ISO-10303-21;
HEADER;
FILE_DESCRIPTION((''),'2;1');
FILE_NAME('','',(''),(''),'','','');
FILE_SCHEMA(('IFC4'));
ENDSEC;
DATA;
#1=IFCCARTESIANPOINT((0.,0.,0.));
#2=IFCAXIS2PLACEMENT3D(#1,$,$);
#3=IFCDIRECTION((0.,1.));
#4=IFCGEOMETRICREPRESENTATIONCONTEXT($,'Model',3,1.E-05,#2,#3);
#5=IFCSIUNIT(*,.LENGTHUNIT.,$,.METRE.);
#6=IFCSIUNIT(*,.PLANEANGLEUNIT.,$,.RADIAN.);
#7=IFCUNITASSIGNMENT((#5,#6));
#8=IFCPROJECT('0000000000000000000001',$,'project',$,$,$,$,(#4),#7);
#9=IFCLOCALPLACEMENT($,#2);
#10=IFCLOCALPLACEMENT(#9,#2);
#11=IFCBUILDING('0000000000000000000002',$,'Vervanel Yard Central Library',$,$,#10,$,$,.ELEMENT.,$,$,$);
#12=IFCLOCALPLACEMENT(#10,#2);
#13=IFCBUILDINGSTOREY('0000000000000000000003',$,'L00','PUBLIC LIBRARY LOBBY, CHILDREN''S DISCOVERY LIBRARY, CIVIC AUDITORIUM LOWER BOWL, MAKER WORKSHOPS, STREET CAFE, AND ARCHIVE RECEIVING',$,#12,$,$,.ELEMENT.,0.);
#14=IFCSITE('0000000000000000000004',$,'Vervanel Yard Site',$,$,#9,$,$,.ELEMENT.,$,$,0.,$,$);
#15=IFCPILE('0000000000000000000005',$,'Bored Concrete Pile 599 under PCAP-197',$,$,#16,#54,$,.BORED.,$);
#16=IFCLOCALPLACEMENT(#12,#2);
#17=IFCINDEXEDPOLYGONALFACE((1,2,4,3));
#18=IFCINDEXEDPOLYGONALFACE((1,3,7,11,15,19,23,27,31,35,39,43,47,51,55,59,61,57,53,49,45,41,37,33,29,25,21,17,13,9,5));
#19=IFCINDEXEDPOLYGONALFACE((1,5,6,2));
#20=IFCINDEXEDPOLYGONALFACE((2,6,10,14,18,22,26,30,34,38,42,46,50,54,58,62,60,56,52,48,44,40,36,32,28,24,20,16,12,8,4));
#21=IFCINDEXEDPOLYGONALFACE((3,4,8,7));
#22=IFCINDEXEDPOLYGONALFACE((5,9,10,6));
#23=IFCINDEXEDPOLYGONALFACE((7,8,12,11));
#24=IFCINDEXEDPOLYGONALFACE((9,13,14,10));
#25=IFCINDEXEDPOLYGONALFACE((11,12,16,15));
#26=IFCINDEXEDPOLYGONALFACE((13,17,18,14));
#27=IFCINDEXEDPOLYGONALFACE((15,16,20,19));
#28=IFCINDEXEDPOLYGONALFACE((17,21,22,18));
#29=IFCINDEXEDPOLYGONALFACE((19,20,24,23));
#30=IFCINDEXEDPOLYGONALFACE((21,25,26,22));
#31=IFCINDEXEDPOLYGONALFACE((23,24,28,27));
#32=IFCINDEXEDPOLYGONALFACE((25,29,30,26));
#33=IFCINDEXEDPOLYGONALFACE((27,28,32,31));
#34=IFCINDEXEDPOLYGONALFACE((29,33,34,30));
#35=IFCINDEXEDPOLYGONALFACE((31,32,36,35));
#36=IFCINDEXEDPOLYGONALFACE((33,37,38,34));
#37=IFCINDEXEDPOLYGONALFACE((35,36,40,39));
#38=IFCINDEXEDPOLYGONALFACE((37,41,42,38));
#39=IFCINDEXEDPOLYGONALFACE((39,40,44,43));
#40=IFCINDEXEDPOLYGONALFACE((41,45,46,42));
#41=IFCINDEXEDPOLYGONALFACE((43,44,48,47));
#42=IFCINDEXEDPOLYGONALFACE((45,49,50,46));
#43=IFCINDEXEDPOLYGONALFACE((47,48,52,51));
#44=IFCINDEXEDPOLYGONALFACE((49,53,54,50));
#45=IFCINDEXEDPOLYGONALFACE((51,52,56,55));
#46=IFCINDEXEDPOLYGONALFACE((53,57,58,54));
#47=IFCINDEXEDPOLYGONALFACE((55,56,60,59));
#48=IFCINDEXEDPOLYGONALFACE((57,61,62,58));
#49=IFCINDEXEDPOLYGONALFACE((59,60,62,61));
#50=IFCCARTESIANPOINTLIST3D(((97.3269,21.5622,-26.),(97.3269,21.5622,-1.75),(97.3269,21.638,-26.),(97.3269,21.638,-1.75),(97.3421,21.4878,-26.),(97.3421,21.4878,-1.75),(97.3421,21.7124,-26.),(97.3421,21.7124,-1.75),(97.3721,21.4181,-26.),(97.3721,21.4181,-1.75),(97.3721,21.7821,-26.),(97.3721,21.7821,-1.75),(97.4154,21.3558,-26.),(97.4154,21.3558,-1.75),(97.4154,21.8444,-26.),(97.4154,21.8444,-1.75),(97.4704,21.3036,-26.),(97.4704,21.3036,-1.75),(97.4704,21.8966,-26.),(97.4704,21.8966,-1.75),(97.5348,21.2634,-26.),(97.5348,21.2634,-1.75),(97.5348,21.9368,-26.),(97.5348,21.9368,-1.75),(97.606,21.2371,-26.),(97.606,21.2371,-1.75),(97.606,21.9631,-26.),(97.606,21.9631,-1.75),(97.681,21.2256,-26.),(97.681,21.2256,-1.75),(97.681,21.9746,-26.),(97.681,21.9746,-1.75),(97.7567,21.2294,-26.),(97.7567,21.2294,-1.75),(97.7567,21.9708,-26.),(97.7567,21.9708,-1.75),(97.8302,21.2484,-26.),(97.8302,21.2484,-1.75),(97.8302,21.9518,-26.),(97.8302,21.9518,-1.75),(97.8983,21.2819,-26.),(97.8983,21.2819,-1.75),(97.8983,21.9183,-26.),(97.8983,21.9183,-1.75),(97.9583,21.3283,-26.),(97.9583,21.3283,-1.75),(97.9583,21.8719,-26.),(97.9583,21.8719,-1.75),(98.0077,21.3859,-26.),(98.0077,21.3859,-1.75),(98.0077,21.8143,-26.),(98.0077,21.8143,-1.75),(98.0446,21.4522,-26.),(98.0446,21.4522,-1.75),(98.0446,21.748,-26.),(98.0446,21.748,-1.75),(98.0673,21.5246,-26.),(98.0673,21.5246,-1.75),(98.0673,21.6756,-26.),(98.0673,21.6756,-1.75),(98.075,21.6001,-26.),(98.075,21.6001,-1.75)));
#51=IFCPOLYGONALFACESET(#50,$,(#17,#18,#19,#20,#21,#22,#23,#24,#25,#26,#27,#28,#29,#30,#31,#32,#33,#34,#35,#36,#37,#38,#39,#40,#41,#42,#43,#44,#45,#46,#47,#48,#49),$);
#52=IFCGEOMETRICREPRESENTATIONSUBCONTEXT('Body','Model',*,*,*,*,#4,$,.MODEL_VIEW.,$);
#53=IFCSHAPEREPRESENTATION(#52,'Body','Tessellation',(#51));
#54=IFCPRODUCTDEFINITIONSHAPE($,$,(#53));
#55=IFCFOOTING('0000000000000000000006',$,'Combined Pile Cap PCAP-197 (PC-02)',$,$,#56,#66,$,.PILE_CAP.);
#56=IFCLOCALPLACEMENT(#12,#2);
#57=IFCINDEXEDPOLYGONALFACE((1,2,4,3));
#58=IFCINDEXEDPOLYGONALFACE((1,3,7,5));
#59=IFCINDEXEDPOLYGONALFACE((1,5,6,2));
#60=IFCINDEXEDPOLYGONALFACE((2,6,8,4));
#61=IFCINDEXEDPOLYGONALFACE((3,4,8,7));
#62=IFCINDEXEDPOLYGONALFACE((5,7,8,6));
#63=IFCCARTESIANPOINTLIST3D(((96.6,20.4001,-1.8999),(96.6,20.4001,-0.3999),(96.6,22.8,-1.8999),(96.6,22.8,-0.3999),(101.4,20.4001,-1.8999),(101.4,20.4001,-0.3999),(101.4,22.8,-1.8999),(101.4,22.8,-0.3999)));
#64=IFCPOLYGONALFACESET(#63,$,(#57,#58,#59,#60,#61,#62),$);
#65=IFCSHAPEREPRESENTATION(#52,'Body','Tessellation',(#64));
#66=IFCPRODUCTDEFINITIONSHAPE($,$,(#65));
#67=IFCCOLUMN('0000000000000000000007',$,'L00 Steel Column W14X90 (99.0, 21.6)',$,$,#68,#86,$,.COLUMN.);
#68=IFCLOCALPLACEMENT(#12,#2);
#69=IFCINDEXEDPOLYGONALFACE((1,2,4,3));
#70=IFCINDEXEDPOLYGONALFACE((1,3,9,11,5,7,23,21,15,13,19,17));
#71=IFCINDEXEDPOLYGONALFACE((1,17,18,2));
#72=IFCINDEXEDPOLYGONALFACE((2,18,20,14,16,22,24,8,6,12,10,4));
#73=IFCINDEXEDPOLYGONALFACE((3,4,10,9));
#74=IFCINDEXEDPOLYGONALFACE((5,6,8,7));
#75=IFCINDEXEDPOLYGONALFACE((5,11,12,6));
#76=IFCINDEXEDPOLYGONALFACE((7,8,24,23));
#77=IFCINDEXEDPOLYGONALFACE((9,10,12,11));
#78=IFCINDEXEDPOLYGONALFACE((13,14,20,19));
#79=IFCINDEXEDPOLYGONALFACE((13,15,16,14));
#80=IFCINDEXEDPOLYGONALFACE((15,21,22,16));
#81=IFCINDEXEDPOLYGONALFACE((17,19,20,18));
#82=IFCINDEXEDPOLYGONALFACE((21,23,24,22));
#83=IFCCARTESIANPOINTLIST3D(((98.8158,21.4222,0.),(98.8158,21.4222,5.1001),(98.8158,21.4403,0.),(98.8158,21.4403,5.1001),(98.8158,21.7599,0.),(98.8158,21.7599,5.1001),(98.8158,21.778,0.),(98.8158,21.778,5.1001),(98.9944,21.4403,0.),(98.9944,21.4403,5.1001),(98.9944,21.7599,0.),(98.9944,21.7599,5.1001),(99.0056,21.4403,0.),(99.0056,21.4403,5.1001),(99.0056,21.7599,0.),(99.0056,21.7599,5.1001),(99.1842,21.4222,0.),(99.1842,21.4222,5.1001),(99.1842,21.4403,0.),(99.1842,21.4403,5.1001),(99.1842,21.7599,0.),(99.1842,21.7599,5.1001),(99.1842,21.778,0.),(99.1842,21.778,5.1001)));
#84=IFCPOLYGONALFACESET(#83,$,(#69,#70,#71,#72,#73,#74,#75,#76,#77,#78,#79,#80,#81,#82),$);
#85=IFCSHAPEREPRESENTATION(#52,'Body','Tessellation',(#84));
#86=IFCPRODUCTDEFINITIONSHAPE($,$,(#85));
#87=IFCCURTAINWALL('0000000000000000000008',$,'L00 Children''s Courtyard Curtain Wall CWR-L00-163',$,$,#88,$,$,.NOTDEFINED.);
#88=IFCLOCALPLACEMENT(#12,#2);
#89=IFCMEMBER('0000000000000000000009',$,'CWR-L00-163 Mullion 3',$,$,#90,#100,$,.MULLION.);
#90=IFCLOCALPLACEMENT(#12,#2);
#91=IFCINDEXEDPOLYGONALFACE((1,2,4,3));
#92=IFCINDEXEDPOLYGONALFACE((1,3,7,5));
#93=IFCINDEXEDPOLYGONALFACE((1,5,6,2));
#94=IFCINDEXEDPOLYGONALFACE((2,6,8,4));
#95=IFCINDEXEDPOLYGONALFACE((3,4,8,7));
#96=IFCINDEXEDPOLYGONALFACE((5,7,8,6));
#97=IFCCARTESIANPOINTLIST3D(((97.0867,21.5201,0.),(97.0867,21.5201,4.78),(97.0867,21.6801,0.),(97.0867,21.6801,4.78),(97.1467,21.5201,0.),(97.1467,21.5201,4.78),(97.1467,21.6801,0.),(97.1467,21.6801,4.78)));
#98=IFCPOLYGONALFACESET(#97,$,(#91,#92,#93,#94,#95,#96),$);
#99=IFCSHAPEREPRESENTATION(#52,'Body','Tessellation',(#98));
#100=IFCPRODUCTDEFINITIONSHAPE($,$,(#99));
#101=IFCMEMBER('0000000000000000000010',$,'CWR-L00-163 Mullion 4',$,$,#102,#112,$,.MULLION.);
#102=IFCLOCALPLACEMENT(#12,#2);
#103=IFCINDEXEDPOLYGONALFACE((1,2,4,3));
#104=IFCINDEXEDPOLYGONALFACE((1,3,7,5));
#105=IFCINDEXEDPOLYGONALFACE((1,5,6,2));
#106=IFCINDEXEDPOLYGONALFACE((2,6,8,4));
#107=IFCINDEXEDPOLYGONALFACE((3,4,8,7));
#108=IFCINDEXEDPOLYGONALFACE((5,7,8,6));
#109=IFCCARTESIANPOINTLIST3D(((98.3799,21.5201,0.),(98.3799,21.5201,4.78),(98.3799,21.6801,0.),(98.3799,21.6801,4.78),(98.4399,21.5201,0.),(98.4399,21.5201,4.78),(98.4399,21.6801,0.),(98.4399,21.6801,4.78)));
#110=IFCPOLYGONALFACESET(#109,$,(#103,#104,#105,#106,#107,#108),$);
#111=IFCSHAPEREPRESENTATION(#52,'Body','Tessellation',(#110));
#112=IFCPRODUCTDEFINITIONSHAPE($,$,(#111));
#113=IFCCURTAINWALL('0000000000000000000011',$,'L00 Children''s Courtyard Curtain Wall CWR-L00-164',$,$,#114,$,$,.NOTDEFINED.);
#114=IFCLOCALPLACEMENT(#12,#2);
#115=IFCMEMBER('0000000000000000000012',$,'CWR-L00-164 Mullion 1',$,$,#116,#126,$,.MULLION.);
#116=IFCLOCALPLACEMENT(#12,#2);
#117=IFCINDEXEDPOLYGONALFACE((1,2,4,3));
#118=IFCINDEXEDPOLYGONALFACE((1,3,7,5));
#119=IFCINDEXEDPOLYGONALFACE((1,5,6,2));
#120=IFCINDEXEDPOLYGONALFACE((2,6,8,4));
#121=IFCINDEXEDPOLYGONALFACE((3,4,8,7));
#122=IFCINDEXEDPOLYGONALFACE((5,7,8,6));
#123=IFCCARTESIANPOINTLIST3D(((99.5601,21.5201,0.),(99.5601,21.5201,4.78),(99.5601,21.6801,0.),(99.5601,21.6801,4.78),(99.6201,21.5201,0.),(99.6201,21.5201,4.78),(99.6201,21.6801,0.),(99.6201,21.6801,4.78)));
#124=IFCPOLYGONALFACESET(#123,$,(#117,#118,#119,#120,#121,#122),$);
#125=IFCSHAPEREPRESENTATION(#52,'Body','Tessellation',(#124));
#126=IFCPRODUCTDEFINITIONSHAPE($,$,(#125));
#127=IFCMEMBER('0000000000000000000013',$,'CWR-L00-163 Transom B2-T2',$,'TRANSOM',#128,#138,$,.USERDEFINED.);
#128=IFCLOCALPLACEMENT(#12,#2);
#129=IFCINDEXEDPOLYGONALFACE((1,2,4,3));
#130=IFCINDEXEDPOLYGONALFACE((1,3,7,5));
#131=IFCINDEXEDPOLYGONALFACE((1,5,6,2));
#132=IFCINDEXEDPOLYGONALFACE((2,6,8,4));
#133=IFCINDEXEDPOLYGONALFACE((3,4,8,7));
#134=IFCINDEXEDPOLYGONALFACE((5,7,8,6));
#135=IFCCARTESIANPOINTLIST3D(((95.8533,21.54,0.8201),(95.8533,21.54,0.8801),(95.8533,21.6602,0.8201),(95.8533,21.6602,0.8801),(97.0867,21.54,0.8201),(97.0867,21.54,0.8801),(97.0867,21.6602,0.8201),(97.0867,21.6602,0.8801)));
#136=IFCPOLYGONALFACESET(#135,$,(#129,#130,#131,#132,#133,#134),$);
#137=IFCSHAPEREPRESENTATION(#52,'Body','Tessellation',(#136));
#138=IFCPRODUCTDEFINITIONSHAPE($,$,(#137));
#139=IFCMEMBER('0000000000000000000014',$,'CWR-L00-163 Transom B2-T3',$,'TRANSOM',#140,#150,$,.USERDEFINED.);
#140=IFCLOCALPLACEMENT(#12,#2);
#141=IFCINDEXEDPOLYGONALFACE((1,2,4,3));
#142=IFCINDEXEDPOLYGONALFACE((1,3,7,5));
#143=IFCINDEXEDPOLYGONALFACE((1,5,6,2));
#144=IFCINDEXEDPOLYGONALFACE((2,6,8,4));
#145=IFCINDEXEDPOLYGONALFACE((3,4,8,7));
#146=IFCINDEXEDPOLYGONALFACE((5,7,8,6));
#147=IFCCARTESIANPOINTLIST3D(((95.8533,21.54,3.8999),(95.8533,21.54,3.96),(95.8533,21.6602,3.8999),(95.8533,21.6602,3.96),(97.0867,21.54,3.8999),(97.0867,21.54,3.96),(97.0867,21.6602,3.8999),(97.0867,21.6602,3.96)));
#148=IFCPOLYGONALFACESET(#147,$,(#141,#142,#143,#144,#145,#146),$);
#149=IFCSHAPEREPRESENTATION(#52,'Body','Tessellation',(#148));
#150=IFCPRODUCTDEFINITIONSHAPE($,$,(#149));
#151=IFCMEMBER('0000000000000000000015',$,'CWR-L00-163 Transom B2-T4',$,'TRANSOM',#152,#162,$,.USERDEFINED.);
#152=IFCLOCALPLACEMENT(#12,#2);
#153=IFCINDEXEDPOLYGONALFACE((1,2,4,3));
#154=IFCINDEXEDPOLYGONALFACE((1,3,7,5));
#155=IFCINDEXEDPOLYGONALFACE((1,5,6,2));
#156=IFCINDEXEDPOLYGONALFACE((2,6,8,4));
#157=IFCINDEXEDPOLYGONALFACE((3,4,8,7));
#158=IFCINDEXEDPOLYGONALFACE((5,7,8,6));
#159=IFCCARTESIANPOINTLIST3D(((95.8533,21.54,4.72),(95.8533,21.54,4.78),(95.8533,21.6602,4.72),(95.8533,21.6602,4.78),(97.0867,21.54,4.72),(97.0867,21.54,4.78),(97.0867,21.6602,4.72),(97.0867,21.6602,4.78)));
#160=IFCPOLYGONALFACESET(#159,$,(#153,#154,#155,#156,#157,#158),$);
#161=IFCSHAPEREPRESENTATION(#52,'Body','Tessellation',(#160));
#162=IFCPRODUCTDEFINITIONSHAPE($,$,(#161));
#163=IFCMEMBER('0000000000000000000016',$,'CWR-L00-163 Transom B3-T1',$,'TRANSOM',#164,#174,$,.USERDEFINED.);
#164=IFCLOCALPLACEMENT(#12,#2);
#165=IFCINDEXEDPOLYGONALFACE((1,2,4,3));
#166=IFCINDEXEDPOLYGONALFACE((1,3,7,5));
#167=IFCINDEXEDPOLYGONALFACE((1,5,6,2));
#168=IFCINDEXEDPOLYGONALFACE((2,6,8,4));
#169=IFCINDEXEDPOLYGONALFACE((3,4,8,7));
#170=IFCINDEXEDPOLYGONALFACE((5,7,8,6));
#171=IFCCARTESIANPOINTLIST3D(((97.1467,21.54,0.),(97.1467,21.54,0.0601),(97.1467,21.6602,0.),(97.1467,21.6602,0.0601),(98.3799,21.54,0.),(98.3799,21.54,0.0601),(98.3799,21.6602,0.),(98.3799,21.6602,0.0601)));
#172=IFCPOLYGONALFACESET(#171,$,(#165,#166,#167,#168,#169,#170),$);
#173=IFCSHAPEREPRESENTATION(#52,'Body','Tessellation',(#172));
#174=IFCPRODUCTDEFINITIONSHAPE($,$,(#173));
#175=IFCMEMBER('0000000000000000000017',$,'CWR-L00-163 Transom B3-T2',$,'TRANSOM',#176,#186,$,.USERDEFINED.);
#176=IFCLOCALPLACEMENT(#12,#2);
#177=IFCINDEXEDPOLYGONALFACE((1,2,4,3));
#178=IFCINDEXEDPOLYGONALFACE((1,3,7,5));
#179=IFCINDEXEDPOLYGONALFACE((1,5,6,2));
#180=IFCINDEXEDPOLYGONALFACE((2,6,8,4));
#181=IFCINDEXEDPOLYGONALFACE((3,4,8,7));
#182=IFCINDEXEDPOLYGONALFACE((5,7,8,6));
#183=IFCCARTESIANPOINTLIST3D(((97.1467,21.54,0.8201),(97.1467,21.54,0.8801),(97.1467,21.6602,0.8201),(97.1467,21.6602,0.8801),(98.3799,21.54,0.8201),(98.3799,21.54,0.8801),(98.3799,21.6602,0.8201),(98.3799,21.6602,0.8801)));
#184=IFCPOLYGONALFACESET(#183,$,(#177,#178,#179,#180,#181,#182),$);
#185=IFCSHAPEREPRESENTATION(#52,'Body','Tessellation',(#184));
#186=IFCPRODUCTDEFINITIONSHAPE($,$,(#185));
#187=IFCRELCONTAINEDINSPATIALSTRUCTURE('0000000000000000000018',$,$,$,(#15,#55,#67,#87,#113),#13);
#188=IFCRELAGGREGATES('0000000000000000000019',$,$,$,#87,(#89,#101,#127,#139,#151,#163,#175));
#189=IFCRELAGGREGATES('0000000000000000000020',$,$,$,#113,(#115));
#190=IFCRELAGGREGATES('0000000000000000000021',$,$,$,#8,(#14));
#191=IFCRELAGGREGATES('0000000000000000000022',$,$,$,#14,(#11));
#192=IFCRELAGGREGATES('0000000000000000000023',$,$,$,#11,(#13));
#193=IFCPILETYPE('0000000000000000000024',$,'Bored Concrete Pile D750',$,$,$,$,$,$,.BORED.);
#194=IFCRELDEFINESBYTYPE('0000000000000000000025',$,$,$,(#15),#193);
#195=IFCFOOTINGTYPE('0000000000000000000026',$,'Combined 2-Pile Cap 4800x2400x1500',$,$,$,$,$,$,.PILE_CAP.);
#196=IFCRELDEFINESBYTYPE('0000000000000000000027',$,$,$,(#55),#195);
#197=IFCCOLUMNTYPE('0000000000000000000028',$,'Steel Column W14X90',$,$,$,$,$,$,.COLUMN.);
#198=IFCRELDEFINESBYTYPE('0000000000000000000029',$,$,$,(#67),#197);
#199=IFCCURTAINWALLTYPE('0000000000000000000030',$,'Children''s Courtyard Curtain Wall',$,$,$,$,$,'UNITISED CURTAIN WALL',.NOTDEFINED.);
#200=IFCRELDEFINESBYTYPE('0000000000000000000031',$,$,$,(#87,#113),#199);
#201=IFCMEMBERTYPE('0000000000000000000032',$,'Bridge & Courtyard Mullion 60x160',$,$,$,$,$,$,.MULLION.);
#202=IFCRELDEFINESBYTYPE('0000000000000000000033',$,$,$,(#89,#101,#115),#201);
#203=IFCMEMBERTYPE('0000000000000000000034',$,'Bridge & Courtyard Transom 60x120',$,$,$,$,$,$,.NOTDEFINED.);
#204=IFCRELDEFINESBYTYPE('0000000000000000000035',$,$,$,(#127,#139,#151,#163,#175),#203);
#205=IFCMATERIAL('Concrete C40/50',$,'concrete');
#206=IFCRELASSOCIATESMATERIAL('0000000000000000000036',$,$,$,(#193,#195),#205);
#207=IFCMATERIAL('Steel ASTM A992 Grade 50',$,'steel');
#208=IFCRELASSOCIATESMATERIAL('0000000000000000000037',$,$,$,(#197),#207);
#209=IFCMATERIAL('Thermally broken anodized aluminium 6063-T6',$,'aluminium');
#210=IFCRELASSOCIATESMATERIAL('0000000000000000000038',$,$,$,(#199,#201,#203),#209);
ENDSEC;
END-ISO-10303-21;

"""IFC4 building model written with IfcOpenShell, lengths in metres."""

from ifc_helpers import new_model, si_unit, direction, frame, origin, origin_2d, place, context, subcontext, project, spatial, rectangle, circle, i_section, extrude, material, material_profile, profile_set, type_object, element, aggregate, save


model = new_model("IFC4")

# Units and contexts
model_context = context("Model", 3, precision=1e-05, world=origin(), true_north=direction((0.0, 1.0)))
body_context = subcontext(model_context, "Body", "Model", "MODEL_VIEW")
ifc_project = project(units=[si_unit("LENGTHUNIT", "METRE"), si_unit("PLANEANGLEUNIT", "RADIAN")], contexts=[model_context])

# Site, building, storey
site_placement = place(None, origin())
site = spatial("IfcSite", under=ifc_project, at=site_placement, Name="Vervanel Yard Site", CompositionType="ELEMENT", RefElevation=0.0)
building_placement = place(site_placement, origin())
building = spatial("IfcBuilding", under=site, at=building_placement, Name="Vervanel Yard Central Library", CompositionType="ELEMENT")
storey_placement = place(building_placement, origin())
storey = spatial("IfcBuildingStorey", under=building, at=storey_placement, Name="L00", Description="PUBLIC LIBRARY LOBBY, CHILDREN'S DISCOVERY LIBRARY, CIVIC AUDITORIUM LOWER BOWL, MAKER WORKSHOPS, STREET CAFE, AND ARCHIVE RECEIVING", CompositionType="ELEMENT", Elevation=0.0)

# Pile
ifc_material_1 = material(Name="Concrete C40/50", Category="concrete")
ifc_material_profile_1 = material_profile(ifc_material_1, circle(Radius=0.375, at=origin_2d()), Name="BP D750", Category="concrete")
ifc_profile_set_1 = profile_set([ifc_material_profile_1], Name="Concrete C40/50")
pile_type = type_object("IfcPileType", Name="Bored Concrete Pile D750", PredefinedType="BORED", material=ifc_profile_set_1)
pile_placement = place(storey_placement, frame((97.7, 21.6001, -1.75), z_axis=(0.0, 0.0, -1.0), x_axis=(1.0, 0.0, 0.0)))
element("IfcPile", 1, at=pile_placement, inside=storey, type_object=pile_type, Name="Bored Concrete Pile 599 under PCAP-197", PredefinedType="BORED", context=body_context, shape_type="SweptSolid", body=[
    extrude(circle(Radius=0.375, at=origin_2d()), origin(), (0.0, 0.0, 1.0), 24.25),
])

# Footing
footing_type = type_object("IfcFootingType", Name="Combined 2-Pile Cap 4800x2400x1500", PredefinedType="PILE_CAP", material=ifc_material_1)
footing_placement = place(storey_placement, frame((99.0, 21.6001, -1.8999), z_axis=(0.0, 0.0, 1.0), x_axis=(1.0, 0.0, 0.0)))
element("IfcFooting", 2, at=footing_placement, inside=storey, type_object=footing_type, Name="Combined Pile Cap PCAP-197 (PC-02)", PredefinedType="PILE_CAP", context=body_context, shape_type="SweptSolid", body=[
    extrude(rectangle(XDim=4.8, YDim=2.3999, at=origin_2d()), origin(), (0.0, 0.0, 1.0), 1.5),
])

# Column
ifc_material_2 = material(Name="Steel ASTM A992 Grade 50", Category="steel")
ifc_material_profile_2 = material_profile(ifc_material_2, i_section(OverallWidth=0.3684, OverallDepth=0.3557, WebThickness=0.0112, FlangeThickness=0.0181, at=origin_2d()), Name="W14X90", Category="steel")
ifc_profile_set_2 = profile_set([ifc_material_profile_2], Name="Steel ASTM A992 Grade 50")
column_type = type_object("IfcColumnType", Name="Steel Column W14X90", PredefinedType="COLUMN", material=ifc_profile_set_2)
column_placement = place(storey_placement, frame((99.0, 21.6001, 0.0), z_axis=(0.0, 0.0, 1.0), x_axis=(1.0, 0.0, 0.0)))
element("IfcColumn", 3, at=column_placement, inside=storey, type_object=column_type, Name="L00 Steel Column W14X90 (99.0, 21.6)", PredefinedType="COLUMN", context=body_context, shape_type="SweptSolid", body=[
    extrude(i_section(OverallWidth=0.3684, OverallDepth=0.3557, WebThickness=0.0112, FlangeThickness=0.0181, at=origin_2d()), origin(), (0.0, 0.0, 1.0), 5.1001),
])

# Curtain wall, members
ifc_material_3 = material(Name="Thermally broken anodized aluminium 6063-T6", Category="aluminium")
curtain_wall_type = type_object("IfcCurtainWallType", Name="Children's Courtyard Curtain Wall", ElementType="UNITISED CURTAIN WALL", PredefinedType="NOTDEFINED", material=ifc_material_3)
curtain_wall_1_placement = place(storey_placement, origin())
curtain_wall_1 = element("IfcCurtainWall", 4, at=curtain_wall_1_placement, inside=storey, type_object=curtain_wall_type, Name="L00 Children's Courtyard Curtain Wall CWR-L00-163", PredefinedType="NOTDEFINED")
ifc_material_profile_3 = material_profile(ifc_material_3, rectangle(XDim=0.0601, YDim=0.1599, at=origin_2d()), Name="ALU 60x160", Category="aluminium")
ifc_profile_set_3 = profile_set([ifc_material_profile_3], Name="Thermally broken anodized aluminium 6063-T6")
member_type_1 = type_object("IfcMemberType", Name="Bridge & Courtyard Mullion 60x160", PredefinedType="MULLION", material=ifc_profile_set_3)
member_1_placement = place(storey_placement, frame((97.1167, 21.6001, 0.0), z_axis=(0.0, 0.0, 1.0), x_axis=(1.0, 0.0, 0.0)))
member_1 = element("IfcMember", 5, at=member_1_placement, type_object=member_type_1, Name="CWR-L00-163 Mullion 3", PredefinedType="MULLION", context=body_context, shape_type="SweptSolid", body=[
    extrude(rectangle(XDim=0.0601, YDim=0.1599, at=origin_2d()), origin(), (0.0, 0.0, 1.0), 4.78),
])
member_2_placement = place(storey_placement, frame((98.4099, 21.6001, 0.0), z_axis=(0.0, 0.0, 1.0), x_axis=(1.0, 0.0, 0.0)))
member_2 = element("IfcMember", 6, at=member_2_placement, type_object=member_type_1, Name="CWR-L00-163 Mullion 4", PredefinedType="MULLION", context=body_context, shape_type="SweptSolid", body=[
    extrude(rectangle(XDim=0.0601, YDim=0.1599, at=origin_2d()), origin(), (0.0, 0.0, 1.0), 4.78),
])

# Curtain wall, member
curtain_wall_2_placement = place(storey_placement, origin())
curtain_wall_2 = element("IfcCurtainWall", 7, at=curtain_wall_2_placement, inside=storey, type_object=curtain_wall_type, Name="L00 Children's Courtyard Curtain Wall CWR-L00-164", PredefinedType="NOTDEFINED")
member_3_placement = place(storey_placement, frame((99.5901, 21.6001, 0.0), z_axis=(0.0, 0.0, 1.0), x_axis=(1.0, 0.0, 0.0)))
member_3 = element("IfcMember", 8, at=member_3_placement, type_object=member_type_1, Name="CWR-L00-164 Mullion 1", PredefinedType="MULLION", context=body_context, shape_type="SweptSolid", body=[
    extrude(rectangle(XDim=0.0601, YDim=0.1599, at=origin_2d()), origin(), (0.0, 0.0, 1.0), 4.78),
])

# Members
ifc_material_profile_4 = material_profile(ifc_material_3, rectangle(XDim=0.0601, YDim=0.1201, at=origin_2d()), Name="ALU 60x120", Category="aluminium")
ifc_profile_set_4 = profile_set([ifc_material_profile_4], Name="Thermally broken anodized aluminium 6063-T6")
member_type_2 = type_object("IfcMemberType", Name="Bridge & Courtyard Transom 60x120", PredefinedType="NOTDEFINED", material=ifc_profile_set_4)
member_4_placement = place(storey_placement, frame((95.8533, 21.6001, 0.8501), z_axis=(1.0, 0.0, 0.0), x_axis=(0.0, 0.0, 1.0)))
member_4 = element("IfcMember", 9, at=member_4_placement, type_object=member_type_2, Name="CWR-L00-163 Transom B2-T2", ObjectType="TRANSOM", PredefinedType="USERDEFINED", context=body_context, shape_type="SweptSolid", body=[
    extrude(rectangle(XDim=0.0601, YDim=0.1201, at=origin_2d()), origin(), (0.0, 0.0, 1.0), 1.2334),
])
member_5_placement = place(storey_placement, frame((95.8533, 21.6001, 3.9299), z_axis=(1.0, 0.0, 0.0), x_axis=(0.0, 0.0, 1.0)))
member_5 = element("IfcMember", 10, at=member_5_placement, type_object=member_type_2, Name="CWR-L00-163 Transom B2-T3", ObjectType="TRANSOM", PredefinedType="USERDEFINED", context=body_context, shape_type="SweptSolid", body=[
    extrude(rectangle(XDim=0.0601, YDim=0.1201, at=origin_2d()), origin(), (0.0, 0.0, 1.0), 1.2334),
])
member_6_placement = place(storey_placement, frame((95.8533, 21.6001, 4.75), z_axis=(1.0, 0.0, 0.0), x_axis=(0.0, 0.0, 1.0)))
member_6 = element("IfcMember", 11, at=member_6_placement, type_object=member_type_2, Name="CWR-L00-163 Transom B2-T4", ObjectType="TRANSOM", PredefinedType="USERDEFINED", context=body_context, shape_type="SweptSolid", body=[
    extrude(rectangle(XDim=0.0601, YDim=0.1201, at=origin_2d()), origin(), (0.0, 0.0, 1.0), 1.2334),
])
member_7_placement = place(storey_placement, frame((97.1467, 21.6001, 0.03), z_axis=(1.0, 0.0, 0.0), x_axis=(0.0, 0.0, 1.0)))
member_7 = element("IfcMember", 12, at=member_7_placement, type_object=member_type_2, Name="CWR-L00-163 Transom B3-T1", ObjectType="TRANSOM", PredefinedType="USERDEFINED", context=body_context, shape_type="SweptSolid", body=[
    extrude(rectangle(XDim=0.0601, YDim=0.1201, at=origin_2d()), origin(), (0.0, 0.0, 1.0), 1.2332),
])
member_8_placement = place(storey_placement, frame((97.1467, 21.6001, 0.8501), z_axis=(1.0, 0.0, 0.0), x_axis=(0.0, 0.0, 1.0)))
member_8 = element("IfcMember", 13, at=member_8_placement, type_object=member_type_2, Name="CWR-L00-163 Transom B3-T2", ObjectType="TRANSOM", PredefinedType="USERDEFINED", context=body_context, shape_type="SweptSolid", body=[
    extrude(rectangle(XDim=0.0601, YDim=0.1201, at=origin_2d()), origin(), (0.0, 0.0, 1.0), 1.2332),
])

aggregate(curtain_wall_1, [member_1, member_2, member_4, member_5, member_6, member_7, member_8])
aggregate(curtain_wall_2, [member_3])

save(model, "model.ifc")
